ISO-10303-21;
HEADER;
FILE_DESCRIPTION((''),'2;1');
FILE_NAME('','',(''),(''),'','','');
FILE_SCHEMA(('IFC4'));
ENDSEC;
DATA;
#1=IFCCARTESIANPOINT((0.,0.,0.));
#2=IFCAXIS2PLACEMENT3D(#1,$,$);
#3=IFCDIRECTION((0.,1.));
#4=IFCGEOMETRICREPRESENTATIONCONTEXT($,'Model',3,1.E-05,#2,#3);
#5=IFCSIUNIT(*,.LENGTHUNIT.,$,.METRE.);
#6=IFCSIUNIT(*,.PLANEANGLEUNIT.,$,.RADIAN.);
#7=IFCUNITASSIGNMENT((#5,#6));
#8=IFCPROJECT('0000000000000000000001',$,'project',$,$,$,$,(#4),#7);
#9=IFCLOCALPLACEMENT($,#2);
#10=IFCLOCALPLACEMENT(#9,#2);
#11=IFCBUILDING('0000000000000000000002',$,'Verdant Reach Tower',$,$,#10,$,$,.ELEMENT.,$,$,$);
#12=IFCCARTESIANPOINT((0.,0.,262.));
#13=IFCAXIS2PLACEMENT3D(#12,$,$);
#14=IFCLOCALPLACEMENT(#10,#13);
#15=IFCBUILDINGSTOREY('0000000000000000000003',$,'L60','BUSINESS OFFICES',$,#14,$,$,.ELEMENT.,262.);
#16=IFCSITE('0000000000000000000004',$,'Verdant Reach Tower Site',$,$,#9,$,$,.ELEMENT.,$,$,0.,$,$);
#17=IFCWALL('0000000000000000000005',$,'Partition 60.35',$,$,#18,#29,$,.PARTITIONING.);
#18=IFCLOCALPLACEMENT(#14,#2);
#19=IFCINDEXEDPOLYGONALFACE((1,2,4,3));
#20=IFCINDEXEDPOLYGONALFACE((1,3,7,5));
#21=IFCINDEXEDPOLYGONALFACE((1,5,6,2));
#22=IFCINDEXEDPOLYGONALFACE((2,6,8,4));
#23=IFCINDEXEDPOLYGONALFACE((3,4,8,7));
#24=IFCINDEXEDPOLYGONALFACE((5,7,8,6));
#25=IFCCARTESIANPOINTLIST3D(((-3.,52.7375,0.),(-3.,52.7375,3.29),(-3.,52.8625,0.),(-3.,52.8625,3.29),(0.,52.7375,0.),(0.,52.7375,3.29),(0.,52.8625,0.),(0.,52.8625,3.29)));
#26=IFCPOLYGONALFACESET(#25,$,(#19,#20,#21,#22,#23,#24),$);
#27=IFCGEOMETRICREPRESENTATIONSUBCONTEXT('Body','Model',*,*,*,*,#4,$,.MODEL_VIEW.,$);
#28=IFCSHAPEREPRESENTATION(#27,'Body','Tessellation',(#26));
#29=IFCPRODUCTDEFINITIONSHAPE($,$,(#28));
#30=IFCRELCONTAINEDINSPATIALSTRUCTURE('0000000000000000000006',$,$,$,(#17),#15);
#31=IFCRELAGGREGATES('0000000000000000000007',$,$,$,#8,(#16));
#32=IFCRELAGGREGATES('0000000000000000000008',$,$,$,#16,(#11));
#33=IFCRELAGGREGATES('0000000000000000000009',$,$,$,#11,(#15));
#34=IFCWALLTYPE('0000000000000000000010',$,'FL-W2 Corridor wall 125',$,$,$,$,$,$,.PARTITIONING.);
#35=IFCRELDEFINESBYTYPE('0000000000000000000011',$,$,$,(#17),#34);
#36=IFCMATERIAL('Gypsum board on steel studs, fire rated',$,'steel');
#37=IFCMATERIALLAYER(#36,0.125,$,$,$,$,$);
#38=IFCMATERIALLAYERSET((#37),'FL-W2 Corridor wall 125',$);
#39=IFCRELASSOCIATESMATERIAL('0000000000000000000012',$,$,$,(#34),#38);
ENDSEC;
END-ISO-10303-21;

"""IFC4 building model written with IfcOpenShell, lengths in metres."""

from ifc_helpers import new_model, si_unit, direction, frame, frame_2d, origin, place, context, subcontext, project, spatial, rectangle, extrude, material, layer, layer_set, type_object, element, save


model = new_model("IFC4")

# Units and contexts
model_context = context("Model", 3, precision=1e-05, world=origin(), true_north=direction((0.0, 1.0)))
body_context = subcontext(model_context, "Body", "Model", "MODEL_VIEW")
ifc_project = project(units=[si_unit("LENGTHUNIT", "METRE"), si_unit("PLANEANGLEUNIT", "RADIAN")], contexts=[model_context])

# Site, building, storey
site_placement = place(None, origin())
site = spatial("IfcSite", under=ifc_project, at=site_placement, Name="Verdant Reach Tower Site", CompositionType="ELEMENT", RefElevation=0.0)
building_placement = place(site_placement, origin())
building = spatial("IfcBuilding", under=site, at=building_placement, Name="Verdant Reach Tower", CompositionType="ELEMENT")
storey_placement = place(building_placement, frame((0.0, 0.0, 262.0)))
storey = spatial("IfcBuildingStorey", under=building, at=storey_placement, Name="L60", Description="BUSINESS OFFICES", CompositionType="ELEMENT", Elevation=262.0)

# Shared definitions
ifc_material_1 = material(Name="Gypsum board on steel studs, fire rated", Category="steel")
ifc_layer_1 = layer(ifc_material_1, 0.125)
ifc_layer_set_1 = layer_set([ifc_layer_1], Name="FL-W2 Corridor wall 125")
wall_type_1 = type_object("IfcWallType", Name="FL-W2 Corridor wall 125", PredefinedType="PARTITIONING", material=ifc_layer_set_1)

# Wall
wall_1_placement = place(storey_placement, frame((0.0, 52.8, 0.0), z_axis=(0.0, 0.0, 1.0), x_axis=(-1.0, 0.0, 0.0)))
element("IfcWall", 1, at=wall_1_placement, inside=storey, type_object=wall_type_1, Name="Partition 60.35", PredefinedType="PARTITIONING", context=body_context, shape_type="SweptSolid", body=[
    extrude(rectangle(XDim=3.0, YDim=0.125, at=frame_2d((1.5, 0.0))), origin(), (0.0, 0.0, 1.0), 3.29),
])

save(model, "model.ifc")
